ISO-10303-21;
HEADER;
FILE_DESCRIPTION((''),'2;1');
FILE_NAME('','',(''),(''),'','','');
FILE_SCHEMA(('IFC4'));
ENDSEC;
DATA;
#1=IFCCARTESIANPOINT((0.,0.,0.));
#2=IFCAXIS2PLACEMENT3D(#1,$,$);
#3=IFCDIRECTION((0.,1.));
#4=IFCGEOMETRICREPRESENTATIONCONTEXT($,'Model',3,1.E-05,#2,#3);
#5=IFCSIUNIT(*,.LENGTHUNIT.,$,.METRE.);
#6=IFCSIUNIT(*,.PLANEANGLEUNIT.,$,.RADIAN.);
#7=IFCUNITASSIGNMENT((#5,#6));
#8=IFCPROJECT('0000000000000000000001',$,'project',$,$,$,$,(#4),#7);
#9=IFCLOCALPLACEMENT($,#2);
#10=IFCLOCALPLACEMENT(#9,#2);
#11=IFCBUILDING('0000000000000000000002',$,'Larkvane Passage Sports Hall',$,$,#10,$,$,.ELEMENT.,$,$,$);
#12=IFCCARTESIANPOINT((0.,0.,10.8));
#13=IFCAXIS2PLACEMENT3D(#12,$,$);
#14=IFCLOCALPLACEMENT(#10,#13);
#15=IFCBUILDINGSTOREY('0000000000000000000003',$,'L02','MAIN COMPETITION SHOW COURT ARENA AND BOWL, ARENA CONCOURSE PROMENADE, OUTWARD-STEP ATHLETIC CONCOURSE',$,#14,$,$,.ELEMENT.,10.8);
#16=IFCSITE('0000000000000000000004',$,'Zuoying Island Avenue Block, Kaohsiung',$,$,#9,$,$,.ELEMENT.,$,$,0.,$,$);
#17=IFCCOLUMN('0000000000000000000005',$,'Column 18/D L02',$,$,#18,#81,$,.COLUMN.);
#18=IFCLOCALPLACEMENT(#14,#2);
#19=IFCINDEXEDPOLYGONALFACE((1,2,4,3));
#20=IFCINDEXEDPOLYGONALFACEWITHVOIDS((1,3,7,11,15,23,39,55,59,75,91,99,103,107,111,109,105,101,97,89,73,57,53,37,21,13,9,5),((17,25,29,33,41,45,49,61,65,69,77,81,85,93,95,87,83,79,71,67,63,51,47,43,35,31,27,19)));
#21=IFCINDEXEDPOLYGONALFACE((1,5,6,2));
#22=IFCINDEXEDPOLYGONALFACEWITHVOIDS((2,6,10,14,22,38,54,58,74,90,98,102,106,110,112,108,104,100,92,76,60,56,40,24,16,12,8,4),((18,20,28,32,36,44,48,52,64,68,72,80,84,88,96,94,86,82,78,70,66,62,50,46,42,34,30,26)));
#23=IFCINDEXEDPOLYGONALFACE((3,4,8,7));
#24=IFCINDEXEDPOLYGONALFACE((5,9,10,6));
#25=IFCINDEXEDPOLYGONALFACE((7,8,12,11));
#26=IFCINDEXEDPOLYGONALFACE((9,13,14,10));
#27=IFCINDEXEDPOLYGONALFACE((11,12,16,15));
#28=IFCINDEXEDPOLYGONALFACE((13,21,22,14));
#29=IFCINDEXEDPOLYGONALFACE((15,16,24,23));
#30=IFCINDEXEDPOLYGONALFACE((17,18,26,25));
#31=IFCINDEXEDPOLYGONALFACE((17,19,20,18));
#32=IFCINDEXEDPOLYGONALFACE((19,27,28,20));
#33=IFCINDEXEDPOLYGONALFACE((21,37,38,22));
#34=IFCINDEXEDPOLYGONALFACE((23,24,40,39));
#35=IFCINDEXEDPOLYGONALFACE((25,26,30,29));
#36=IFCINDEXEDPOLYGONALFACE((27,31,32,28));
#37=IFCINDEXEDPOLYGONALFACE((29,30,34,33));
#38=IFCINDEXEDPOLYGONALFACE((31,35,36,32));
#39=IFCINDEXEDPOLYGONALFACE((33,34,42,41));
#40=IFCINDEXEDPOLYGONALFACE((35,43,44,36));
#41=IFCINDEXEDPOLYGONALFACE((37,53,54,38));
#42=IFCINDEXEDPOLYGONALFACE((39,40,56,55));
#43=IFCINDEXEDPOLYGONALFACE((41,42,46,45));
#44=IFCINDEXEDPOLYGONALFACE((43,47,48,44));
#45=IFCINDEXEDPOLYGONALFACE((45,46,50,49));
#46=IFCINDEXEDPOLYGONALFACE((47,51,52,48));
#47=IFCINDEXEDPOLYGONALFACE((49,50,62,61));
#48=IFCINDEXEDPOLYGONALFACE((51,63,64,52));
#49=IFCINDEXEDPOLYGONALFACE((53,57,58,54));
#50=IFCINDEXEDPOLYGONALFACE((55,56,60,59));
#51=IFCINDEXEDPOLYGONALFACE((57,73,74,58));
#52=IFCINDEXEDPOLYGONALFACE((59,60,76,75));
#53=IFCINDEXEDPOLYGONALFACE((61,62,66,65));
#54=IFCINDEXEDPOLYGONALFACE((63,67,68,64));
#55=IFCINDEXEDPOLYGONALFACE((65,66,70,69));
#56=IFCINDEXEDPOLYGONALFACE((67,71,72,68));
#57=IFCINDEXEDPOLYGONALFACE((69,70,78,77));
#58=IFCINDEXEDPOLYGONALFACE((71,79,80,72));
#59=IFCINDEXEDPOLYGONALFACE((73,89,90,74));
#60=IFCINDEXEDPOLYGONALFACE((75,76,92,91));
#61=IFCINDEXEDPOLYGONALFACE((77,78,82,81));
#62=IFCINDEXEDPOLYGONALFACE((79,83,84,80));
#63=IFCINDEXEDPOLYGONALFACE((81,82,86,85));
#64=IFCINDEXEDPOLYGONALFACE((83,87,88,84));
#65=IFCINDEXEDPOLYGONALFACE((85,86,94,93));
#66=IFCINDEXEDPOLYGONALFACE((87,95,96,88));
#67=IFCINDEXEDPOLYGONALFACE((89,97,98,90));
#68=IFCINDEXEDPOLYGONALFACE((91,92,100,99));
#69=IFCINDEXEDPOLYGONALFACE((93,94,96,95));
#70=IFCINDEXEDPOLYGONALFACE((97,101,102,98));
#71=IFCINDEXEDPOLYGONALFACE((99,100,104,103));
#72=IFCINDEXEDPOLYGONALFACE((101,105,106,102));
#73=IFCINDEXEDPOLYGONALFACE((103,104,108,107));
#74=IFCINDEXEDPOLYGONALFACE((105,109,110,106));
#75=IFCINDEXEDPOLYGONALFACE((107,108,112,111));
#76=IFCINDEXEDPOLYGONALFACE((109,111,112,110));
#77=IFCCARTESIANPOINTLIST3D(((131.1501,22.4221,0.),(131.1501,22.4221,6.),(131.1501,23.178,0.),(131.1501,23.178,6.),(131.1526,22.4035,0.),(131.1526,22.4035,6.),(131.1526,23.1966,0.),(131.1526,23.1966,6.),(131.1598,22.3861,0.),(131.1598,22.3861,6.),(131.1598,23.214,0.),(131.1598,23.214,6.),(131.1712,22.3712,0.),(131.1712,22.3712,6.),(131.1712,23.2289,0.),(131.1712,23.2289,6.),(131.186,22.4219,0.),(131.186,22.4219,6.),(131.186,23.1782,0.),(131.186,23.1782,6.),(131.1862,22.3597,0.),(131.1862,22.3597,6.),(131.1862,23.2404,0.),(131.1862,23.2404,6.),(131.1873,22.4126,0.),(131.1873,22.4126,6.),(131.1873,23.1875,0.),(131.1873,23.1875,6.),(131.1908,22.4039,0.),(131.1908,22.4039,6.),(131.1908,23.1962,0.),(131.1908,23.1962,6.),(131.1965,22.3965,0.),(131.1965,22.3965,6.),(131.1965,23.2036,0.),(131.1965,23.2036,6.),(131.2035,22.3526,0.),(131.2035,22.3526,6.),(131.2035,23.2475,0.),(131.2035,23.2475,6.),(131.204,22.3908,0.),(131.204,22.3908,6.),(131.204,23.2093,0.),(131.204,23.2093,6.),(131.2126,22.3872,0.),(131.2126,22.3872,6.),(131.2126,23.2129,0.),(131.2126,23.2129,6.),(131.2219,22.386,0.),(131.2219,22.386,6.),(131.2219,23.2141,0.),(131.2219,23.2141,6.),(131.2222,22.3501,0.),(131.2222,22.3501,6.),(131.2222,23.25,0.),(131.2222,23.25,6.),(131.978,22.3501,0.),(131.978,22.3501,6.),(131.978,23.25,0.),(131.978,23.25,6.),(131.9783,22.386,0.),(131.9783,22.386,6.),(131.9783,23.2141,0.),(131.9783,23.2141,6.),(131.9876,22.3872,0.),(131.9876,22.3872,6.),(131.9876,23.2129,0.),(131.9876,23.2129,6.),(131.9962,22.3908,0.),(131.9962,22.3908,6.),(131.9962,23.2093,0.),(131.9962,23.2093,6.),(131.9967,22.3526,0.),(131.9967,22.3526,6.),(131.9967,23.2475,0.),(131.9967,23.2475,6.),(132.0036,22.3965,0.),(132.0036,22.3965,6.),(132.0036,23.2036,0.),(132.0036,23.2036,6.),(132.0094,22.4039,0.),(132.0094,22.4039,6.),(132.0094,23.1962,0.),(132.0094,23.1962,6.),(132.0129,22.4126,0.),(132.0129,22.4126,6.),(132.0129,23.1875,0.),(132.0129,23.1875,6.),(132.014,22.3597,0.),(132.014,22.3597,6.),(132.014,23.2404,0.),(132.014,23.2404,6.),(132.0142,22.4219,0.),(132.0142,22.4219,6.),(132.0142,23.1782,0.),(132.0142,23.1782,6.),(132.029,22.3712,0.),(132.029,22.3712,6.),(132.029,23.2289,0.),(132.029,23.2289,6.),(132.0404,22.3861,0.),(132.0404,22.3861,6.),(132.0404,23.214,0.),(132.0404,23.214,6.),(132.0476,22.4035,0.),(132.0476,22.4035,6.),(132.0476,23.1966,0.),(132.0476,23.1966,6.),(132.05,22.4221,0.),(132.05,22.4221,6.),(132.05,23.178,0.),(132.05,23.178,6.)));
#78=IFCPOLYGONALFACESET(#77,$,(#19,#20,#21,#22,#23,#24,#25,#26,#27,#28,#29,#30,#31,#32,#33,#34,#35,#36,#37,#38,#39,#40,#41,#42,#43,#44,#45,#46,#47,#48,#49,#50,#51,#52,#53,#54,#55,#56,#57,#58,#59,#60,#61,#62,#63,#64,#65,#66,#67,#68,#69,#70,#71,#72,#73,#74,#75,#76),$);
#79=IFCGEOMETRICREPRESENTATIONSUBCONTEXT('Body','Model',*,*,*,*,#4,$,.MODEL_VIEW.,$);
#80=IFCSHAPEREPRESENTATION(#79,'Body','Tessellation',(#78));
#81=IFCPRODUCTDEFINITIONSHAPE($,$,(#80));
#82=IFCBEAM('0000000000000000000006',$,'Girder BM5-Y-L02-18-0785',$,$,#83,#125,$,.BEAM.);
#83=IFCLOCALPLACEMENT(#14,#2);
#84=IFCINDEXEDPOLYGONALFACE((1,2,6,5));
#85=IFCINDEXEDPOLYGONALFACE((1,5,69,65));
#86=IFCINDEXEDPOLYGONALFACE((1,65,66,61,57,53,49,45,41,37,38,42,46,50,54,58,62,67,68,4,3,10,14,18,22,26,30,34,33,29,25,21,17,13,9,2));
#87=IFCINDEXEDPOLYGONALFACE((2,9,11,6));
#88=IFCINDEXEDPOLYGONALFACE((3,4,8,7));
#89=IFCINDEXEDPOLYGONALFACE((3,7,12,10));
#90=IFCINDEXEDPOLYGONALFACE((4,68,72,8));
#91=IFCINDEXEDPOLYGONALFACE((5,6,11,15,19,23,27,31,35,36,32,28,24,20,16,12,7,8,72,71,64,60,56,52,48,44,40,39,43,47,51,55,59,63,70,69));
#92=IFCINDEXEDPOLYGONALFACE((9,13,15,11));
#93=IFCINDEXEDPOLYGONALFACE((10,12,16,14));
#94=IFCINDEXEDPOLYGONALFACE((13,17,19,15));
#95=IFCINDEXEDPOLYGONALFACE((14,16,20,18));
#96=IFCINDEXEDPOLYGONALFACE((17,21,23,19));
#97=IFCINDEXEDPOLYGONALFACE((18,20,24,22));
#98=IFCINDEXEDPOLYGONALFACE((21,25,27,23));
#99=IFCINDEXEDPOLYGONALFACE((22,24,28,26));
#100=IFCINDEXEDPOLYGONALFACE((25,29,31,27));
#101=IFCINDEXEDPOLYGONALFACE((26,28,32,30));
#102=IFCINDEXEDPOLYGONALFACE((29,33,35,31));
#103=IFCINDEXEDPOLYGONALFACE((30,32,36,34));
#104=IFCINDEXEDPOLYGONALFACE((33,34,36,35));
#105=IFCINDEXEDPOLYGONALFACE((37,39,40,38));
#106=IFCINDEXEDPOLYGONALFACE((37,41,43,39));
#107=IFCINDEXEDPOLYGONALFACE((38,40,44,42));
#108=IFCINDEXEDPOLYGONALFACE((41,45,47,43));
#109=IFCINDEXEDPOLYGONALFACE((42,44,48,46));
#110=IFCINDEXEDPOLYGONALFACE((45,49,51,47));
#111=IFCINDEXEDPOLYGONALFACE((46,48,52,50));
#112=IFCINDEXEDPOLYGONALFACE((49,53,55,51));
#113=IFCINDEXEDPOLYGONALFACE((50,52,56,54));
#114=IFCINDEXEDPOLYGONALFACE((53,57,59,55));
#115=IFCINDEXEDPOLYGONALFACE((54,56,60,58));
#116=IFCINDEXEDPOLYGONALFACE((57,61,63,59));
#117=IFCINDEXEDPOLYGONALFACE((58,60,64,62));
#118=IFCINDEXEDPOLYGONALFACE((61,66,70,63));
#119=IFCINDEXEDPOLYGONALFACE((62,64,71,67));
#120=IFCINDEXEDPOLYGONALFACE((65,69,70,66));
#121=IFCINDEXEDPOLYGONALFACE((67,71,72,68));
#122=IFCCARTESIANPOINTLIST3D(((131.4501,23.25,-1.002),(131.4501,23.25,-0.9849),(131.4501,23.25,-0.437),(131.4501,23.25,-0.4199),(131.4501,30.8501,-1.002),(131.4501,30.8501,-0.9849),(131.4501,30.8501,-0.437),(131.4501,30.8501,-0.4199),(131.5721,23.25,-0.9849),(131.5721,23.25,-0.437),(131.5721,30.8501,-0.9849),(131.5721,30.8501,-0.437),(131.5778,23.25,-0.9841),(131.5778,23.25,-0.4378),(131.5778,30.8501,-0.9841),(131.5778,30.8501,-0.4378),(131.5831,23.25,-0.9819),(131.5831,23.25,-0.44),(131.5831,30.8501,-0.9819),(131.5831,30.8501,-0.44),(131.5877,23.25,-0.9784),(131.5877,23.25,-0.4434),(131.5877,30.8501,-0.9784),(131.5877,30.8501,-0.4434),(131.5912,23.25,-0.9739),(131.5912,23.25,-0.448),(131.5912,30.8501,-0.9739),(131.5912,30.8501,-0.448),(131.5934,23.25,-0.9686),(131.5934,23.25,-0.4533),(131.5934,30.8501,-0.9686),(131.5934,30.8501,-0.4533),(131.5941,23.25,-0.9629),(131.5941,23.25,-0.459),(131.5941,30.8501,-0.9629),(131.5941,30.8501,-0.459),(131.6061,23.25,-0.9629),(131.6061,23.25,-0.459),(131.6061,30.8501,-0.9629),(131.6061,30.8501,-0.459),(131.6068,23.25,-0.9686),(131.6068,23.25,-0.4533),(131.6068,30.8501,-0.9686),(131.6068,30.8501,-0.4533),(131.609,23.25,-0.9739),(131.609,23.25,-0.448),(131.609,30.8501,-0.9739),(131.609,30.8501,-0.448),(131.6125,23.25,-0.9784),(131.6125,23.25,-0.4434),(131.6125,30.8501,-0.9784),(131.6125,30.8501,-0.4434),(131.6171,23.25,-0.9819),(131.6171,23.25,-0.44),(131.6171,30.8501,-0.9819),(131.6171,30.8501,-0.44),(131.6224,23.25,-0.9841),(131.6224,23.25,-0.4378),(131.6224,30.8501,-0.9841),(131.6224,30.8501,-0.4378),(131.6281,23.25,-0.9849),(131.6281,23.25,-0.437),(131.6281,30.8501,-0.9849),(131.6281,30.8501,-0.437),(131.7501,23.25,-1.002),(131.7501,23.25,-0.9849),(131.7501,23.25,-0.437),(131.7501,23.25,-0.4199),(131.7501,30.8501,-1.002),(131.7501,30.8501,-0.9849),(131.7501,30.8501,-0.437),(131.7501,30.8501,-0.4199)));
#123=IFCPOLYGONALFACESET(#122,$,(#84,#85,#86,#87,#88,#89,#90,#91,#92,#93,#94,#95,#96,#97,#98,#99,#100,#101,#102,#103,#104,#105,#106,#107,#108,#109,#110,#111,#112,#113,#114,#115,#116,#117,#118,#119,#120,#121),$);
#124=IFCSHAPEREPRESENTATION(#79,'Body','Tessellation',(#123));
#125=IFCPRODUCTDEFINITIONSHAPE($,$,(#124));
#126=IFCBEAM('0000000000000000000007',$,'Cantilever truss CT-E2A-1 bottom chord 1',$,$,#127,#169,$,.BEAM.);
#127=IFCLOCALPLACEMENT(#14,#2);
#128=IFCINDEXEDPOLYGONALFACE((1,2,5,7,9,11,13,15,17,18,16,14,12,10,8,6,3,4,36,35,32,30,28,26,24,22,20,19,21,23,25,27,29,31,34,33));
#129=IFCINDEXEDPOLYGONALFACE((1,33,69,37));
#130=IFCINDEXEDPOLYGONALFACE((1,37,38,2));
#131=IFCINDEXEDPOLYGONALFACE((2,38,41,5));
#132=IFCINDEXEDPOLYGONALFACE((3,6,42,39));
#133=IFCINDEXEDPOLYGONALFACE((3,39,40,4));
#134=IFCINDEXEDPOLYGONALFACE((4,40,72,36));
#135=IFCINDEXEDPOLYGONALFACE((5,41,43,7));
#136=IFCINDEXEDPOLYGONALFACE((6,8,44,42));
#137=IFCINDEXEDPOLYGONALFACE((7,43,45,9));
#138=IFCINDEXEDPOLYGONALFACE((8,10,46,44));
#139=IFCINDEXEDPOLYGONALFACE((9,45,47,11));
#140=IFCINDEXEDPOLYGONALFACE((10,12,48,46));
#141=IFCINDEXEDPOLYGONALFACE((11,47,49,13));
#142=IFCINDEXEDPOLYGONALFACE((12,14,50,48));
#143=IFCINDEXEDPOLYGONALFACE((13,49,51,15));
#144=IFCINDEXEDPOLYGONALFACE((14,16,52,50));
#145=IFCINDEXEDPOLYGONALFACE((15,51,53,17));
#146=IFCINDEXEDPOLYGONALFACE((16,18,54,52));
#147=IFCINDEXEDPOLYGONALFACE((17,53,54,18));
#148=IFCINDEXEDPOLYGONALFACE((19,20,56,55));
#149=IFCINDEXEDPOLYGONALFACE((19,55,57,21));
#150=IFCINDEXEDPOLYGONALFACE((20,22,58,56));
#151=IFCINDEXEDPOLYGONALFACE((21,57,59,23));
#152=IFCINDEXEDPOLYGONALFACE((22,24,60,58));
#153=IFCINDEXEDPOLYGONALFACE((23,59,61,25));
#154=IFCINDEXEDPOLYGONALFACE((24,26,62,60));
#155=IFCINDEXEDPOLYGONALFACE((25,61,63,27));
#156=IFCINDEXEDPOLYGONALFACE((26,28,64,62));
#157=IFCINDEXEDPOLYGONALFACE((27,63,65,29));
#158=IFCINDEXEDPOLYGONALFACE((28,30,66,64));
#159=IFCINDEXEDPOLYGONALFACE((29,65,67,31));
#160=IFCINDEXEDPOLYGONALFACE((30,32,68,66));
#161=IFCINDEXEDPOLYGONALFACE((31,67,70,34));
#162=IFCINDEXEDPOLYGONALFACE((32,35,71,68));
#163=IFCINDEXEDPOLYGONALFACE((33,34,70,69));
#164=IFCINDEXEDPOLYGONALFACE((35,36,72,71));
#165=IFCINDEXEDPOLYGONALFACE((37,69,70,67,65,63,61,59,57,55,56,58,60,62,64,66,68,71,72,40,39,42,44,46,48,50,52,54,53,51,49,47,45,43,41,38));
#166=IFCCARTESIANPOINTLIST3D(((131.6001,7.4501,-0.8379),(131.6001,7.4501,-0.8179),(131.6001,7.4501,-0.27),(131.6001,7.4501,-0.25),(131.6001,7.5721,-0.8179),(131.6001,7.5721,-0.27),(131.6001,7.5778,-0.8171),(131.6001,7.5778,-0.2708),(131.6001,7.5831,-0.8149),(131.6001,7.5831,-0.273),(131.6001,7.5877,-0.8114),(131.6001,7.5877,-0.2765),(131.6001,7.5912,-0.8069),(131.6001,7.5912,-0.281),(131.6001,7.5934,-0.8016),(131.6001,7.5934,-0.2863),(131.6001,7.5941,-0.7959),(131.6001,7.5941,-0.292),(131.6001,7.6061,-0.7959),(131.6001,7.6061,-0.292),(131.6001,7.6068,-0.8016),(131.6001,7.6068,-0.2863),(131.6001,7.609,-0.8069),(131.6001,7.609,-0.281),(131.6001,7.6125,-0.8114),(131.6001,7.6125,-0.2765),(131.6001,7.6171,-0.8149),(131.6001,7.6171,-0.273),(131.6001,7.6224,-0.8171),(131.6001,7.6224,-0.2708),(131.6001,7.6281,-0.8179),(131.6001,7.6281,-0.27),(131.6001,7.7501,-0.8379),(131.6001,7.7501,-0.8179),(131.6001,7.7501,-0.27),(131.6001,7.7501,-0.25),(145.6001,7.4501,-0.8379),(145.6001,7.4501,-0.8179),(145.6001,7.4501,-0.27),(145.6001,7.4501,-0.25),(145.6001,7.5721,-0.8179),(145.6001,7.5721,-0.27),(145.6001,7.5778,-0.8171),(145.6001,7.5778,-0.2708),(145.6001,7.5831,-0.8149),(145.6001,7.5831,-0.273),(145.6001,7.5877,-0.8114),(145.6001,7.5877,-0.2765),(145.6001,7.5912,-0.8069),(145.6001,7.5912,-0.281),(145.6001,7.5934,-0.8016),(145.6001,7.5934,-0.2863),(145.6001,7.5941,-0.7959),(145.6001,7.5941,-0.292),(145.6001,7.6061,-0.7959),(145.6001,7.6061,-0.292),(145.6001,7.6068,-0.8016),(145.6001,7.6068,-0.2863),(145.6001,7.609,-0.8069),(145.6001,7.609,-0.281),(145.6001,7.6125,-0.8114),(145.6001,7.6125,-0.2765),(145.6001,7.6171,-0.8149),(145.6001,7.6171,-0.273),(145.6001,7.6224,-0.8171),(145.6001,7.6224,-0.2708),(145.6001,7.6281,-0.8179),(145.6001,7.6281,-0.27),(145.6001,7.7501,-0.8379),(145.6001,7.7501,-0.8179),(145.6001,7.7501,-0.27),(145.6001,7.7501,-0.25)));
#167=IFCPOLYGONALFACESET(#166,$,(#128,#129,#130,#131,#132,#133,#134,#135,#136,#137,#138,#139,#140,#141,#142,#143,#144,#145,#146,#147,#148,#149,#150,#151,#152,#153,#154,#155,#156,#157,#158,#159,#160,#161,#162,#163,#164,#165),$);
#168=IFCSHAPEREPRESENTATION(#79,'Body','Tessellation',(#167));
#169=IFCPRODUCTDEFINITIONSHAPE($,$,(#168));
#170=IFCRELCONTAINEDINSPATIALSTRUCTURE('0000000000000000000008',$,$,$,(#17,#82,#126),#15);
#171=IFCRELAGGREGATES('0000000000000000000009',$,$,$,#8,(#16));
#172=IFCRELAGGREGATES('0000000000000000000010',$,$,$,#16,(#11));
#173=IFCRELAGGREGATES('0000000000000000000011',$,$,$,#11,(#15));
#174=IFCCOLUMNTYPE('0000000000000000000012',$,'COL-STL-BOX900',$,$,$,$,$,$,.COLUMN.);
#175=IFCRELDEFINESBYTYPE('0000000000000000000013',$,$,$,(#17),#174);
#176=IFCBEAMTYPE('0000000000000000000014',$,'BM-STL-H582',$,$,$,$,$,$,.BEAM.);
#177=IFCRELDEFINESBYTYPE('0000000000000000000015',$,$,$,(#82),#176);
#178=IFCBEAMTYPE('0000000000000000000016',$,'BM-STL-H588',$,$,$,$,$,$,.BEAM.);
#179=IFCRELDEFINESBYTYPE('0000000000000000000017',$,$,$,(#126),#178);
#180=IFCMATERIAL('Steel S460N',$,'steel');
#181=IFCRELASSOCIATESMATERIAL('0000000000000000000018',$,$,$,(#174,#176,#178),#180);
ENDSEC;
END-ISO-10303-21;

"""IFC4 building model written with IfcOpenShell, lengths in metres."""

from ifc_helpers import new_model, si_unit, direction, frame, origin, origin_2d, place, context, subcontext, project, spatial, hollow_rectangle, i_section, extrude, material, material_profile, profile_set, type_object, element, save


model = new_model("IFC4")

# Units and contexts
model_context = context("Model", 3, precision=1e-05, world=origin(), true_north=direction((0.0, 1.0)))
body_context = subcontext(model_context, "Body", "Model", "MODEL_VIEW")
ifc_project = project(units=[si_unit("LENGTHUNIT", "METRE"), si_unit("PLANEANGLEUNIT", "RADIAN")], contexts=[model_context])

# Site, building, storey
site_placement = place(None, origin())
site = spatial("IfcSite", under=ifc_project, at=site_placement, Name="Zuoying Island Avenue Block, Kaohsiung", CompositionType="ELEMENT", RefElevation=0.0)
building_placement = place(site_placement, origin())
building = spatial("IfcBuilding", under=site, at=building_placement, Name="Larkvane Passage Sports Hall", CompositionType="ELEMENT")
storey_placement = place(building_placement, frame((0.0, 0.0, 10.8)))
storey = spatial("IfcBuildingStorey", under=building, at=storey_placement, Name="L02", Description="MAIN COMPETITION SHOW COURT ARENA AND BOWL, ARENA CONCOURSE PROMENADE, OUTWARD-STEP ATHLETIC CONCOURSE", CompositionType="ELEMENT", Elevation=10.8)

# Column
ifc_material_1 = material(Name="Steel S460N", Category="steel")
ifc_material_profile_1 = material_profile(ifc_material_1, hollow_rectangle(XDim=0.8999, YDim=0.8999, WallThickness=0.0359, InnerFilletRadius=0.0359, OuterFilletRadius=0.072, at=origin_2d()), Name="BOX-900x900x36")
ifc_profile_set_1 = profile_set([ifc_material_profile_1], Name="Steel S460N")
column_type = type_object("IfcColumnType", Name="COL-STL-BOX900", PredefinedType="COLUMN", material=ifc_profile_set_1)
column_placement = place(storey_placement, frame((131.6001, 22.8, 0.0), z_axis=(0.0, 0.0, 1.0), x_axis=(1.0, 0.0, 0.0)))
element("IfcColumn", 1, at=column_placement, inside=storey, type_object=column_type, Name="Column 18/D L02", PredefinedType="COLUMN", context=body_context, shape_type="SweptSolid", body=[
    extrude(hollow_rectangle(XDim=0.8999, YDim=0.8999, WallThickness=0.0359, InnerFilletRadius=0.0359, OuterFilletRadius=0.072, at=origin_2d()), origin(), (0.0, 0.0, 1.0), 6.0),
])

# Beams
ifc_material_profile_2 = material_profile(ifc_material_1, i_section(OverallWidth=0.3, OverallDepth=0.582, WebThickness=0.012, FlangeThickness=0.0171, FilletRadius=0.022, at=origin_2d()), Name="H-582x300x12x17")
ifc_profile_set_2 = profile_set([ifc_material_profile_2], Name="Steel S460N")
beam_type_1 = type_object("IfcBeamType", Name="BM-STL-H582", PredefinedType="BEAM", material=ifc_profile_set_2)
beam_1_placement = place(storey_placement, frame((131.6001, 23.25, -0.7109), z_axis=(0.0, 1.0, 0.0), x_axis=(-1.0, 0.0, 0.0)))
element("IfcBeam", 2, at=beam_1_placement, inside=storey, type_object=beam_type_1, Name="Girder BM5-Y-L02-18-0785", PredefinedType="BEAM", context=body_context, shape_type="SweptSolid", body=[
    extrude(i_section(OverallWidth=0.3, OverallDepth=0.582, WebThickness=0.012, FlangeThickness=0.0171, FilletRadius=0.022, at=origin_2d()), origin(), (0.0, 0.0, 1.0), 7.6001),
])
ifc_material_profile_3 = material_profile(ifc_material_1, i_section(OverallWidth=0.3, OverallDepth=0.5879, WebThickness=0.012, FlangeThickness=0.02, FilletRadius=0.022, at=origin_2d()), Name="H-588x300x12x20")
ifc_profile_set_3 = profile_set([ifc_material_profile_3], Name="Steel S460N")
beam_type_2 = type_object("IfcBeamType", Name="BM-STL-H588", PredefinedType="BEAM", material=ifc_profile_set_3)
for number, where, z_axis, x_axis, name in (
    (3, (131.6001, 7.6001, -0.5439), (1.0, 0.0, 0.0), (0.0, 1.0, 0.0), "Cantilever truss CT-E2A-1 bottom chord 1"),
):
    element("IfcBeam", number, at=place(storey_placement, frame(where, z_axis=z_axis, x_axis=x_axis)), inside=storey, type_object=beam_type_2, Name=name, PredefinedType="BEAM", context=body_context, shape_type="SweptSolid", body=[
        extrude(i_section(OverallWidth=0.3, OverallDepth=0.5879, WebThickness=0.012, FlangeThickness=0.02, FilletRadius=0.022, at=origin_2d()), origin(), (0.0, 0.0, 1.0), 14.0),
    ])

save(model, "model.ifc")
